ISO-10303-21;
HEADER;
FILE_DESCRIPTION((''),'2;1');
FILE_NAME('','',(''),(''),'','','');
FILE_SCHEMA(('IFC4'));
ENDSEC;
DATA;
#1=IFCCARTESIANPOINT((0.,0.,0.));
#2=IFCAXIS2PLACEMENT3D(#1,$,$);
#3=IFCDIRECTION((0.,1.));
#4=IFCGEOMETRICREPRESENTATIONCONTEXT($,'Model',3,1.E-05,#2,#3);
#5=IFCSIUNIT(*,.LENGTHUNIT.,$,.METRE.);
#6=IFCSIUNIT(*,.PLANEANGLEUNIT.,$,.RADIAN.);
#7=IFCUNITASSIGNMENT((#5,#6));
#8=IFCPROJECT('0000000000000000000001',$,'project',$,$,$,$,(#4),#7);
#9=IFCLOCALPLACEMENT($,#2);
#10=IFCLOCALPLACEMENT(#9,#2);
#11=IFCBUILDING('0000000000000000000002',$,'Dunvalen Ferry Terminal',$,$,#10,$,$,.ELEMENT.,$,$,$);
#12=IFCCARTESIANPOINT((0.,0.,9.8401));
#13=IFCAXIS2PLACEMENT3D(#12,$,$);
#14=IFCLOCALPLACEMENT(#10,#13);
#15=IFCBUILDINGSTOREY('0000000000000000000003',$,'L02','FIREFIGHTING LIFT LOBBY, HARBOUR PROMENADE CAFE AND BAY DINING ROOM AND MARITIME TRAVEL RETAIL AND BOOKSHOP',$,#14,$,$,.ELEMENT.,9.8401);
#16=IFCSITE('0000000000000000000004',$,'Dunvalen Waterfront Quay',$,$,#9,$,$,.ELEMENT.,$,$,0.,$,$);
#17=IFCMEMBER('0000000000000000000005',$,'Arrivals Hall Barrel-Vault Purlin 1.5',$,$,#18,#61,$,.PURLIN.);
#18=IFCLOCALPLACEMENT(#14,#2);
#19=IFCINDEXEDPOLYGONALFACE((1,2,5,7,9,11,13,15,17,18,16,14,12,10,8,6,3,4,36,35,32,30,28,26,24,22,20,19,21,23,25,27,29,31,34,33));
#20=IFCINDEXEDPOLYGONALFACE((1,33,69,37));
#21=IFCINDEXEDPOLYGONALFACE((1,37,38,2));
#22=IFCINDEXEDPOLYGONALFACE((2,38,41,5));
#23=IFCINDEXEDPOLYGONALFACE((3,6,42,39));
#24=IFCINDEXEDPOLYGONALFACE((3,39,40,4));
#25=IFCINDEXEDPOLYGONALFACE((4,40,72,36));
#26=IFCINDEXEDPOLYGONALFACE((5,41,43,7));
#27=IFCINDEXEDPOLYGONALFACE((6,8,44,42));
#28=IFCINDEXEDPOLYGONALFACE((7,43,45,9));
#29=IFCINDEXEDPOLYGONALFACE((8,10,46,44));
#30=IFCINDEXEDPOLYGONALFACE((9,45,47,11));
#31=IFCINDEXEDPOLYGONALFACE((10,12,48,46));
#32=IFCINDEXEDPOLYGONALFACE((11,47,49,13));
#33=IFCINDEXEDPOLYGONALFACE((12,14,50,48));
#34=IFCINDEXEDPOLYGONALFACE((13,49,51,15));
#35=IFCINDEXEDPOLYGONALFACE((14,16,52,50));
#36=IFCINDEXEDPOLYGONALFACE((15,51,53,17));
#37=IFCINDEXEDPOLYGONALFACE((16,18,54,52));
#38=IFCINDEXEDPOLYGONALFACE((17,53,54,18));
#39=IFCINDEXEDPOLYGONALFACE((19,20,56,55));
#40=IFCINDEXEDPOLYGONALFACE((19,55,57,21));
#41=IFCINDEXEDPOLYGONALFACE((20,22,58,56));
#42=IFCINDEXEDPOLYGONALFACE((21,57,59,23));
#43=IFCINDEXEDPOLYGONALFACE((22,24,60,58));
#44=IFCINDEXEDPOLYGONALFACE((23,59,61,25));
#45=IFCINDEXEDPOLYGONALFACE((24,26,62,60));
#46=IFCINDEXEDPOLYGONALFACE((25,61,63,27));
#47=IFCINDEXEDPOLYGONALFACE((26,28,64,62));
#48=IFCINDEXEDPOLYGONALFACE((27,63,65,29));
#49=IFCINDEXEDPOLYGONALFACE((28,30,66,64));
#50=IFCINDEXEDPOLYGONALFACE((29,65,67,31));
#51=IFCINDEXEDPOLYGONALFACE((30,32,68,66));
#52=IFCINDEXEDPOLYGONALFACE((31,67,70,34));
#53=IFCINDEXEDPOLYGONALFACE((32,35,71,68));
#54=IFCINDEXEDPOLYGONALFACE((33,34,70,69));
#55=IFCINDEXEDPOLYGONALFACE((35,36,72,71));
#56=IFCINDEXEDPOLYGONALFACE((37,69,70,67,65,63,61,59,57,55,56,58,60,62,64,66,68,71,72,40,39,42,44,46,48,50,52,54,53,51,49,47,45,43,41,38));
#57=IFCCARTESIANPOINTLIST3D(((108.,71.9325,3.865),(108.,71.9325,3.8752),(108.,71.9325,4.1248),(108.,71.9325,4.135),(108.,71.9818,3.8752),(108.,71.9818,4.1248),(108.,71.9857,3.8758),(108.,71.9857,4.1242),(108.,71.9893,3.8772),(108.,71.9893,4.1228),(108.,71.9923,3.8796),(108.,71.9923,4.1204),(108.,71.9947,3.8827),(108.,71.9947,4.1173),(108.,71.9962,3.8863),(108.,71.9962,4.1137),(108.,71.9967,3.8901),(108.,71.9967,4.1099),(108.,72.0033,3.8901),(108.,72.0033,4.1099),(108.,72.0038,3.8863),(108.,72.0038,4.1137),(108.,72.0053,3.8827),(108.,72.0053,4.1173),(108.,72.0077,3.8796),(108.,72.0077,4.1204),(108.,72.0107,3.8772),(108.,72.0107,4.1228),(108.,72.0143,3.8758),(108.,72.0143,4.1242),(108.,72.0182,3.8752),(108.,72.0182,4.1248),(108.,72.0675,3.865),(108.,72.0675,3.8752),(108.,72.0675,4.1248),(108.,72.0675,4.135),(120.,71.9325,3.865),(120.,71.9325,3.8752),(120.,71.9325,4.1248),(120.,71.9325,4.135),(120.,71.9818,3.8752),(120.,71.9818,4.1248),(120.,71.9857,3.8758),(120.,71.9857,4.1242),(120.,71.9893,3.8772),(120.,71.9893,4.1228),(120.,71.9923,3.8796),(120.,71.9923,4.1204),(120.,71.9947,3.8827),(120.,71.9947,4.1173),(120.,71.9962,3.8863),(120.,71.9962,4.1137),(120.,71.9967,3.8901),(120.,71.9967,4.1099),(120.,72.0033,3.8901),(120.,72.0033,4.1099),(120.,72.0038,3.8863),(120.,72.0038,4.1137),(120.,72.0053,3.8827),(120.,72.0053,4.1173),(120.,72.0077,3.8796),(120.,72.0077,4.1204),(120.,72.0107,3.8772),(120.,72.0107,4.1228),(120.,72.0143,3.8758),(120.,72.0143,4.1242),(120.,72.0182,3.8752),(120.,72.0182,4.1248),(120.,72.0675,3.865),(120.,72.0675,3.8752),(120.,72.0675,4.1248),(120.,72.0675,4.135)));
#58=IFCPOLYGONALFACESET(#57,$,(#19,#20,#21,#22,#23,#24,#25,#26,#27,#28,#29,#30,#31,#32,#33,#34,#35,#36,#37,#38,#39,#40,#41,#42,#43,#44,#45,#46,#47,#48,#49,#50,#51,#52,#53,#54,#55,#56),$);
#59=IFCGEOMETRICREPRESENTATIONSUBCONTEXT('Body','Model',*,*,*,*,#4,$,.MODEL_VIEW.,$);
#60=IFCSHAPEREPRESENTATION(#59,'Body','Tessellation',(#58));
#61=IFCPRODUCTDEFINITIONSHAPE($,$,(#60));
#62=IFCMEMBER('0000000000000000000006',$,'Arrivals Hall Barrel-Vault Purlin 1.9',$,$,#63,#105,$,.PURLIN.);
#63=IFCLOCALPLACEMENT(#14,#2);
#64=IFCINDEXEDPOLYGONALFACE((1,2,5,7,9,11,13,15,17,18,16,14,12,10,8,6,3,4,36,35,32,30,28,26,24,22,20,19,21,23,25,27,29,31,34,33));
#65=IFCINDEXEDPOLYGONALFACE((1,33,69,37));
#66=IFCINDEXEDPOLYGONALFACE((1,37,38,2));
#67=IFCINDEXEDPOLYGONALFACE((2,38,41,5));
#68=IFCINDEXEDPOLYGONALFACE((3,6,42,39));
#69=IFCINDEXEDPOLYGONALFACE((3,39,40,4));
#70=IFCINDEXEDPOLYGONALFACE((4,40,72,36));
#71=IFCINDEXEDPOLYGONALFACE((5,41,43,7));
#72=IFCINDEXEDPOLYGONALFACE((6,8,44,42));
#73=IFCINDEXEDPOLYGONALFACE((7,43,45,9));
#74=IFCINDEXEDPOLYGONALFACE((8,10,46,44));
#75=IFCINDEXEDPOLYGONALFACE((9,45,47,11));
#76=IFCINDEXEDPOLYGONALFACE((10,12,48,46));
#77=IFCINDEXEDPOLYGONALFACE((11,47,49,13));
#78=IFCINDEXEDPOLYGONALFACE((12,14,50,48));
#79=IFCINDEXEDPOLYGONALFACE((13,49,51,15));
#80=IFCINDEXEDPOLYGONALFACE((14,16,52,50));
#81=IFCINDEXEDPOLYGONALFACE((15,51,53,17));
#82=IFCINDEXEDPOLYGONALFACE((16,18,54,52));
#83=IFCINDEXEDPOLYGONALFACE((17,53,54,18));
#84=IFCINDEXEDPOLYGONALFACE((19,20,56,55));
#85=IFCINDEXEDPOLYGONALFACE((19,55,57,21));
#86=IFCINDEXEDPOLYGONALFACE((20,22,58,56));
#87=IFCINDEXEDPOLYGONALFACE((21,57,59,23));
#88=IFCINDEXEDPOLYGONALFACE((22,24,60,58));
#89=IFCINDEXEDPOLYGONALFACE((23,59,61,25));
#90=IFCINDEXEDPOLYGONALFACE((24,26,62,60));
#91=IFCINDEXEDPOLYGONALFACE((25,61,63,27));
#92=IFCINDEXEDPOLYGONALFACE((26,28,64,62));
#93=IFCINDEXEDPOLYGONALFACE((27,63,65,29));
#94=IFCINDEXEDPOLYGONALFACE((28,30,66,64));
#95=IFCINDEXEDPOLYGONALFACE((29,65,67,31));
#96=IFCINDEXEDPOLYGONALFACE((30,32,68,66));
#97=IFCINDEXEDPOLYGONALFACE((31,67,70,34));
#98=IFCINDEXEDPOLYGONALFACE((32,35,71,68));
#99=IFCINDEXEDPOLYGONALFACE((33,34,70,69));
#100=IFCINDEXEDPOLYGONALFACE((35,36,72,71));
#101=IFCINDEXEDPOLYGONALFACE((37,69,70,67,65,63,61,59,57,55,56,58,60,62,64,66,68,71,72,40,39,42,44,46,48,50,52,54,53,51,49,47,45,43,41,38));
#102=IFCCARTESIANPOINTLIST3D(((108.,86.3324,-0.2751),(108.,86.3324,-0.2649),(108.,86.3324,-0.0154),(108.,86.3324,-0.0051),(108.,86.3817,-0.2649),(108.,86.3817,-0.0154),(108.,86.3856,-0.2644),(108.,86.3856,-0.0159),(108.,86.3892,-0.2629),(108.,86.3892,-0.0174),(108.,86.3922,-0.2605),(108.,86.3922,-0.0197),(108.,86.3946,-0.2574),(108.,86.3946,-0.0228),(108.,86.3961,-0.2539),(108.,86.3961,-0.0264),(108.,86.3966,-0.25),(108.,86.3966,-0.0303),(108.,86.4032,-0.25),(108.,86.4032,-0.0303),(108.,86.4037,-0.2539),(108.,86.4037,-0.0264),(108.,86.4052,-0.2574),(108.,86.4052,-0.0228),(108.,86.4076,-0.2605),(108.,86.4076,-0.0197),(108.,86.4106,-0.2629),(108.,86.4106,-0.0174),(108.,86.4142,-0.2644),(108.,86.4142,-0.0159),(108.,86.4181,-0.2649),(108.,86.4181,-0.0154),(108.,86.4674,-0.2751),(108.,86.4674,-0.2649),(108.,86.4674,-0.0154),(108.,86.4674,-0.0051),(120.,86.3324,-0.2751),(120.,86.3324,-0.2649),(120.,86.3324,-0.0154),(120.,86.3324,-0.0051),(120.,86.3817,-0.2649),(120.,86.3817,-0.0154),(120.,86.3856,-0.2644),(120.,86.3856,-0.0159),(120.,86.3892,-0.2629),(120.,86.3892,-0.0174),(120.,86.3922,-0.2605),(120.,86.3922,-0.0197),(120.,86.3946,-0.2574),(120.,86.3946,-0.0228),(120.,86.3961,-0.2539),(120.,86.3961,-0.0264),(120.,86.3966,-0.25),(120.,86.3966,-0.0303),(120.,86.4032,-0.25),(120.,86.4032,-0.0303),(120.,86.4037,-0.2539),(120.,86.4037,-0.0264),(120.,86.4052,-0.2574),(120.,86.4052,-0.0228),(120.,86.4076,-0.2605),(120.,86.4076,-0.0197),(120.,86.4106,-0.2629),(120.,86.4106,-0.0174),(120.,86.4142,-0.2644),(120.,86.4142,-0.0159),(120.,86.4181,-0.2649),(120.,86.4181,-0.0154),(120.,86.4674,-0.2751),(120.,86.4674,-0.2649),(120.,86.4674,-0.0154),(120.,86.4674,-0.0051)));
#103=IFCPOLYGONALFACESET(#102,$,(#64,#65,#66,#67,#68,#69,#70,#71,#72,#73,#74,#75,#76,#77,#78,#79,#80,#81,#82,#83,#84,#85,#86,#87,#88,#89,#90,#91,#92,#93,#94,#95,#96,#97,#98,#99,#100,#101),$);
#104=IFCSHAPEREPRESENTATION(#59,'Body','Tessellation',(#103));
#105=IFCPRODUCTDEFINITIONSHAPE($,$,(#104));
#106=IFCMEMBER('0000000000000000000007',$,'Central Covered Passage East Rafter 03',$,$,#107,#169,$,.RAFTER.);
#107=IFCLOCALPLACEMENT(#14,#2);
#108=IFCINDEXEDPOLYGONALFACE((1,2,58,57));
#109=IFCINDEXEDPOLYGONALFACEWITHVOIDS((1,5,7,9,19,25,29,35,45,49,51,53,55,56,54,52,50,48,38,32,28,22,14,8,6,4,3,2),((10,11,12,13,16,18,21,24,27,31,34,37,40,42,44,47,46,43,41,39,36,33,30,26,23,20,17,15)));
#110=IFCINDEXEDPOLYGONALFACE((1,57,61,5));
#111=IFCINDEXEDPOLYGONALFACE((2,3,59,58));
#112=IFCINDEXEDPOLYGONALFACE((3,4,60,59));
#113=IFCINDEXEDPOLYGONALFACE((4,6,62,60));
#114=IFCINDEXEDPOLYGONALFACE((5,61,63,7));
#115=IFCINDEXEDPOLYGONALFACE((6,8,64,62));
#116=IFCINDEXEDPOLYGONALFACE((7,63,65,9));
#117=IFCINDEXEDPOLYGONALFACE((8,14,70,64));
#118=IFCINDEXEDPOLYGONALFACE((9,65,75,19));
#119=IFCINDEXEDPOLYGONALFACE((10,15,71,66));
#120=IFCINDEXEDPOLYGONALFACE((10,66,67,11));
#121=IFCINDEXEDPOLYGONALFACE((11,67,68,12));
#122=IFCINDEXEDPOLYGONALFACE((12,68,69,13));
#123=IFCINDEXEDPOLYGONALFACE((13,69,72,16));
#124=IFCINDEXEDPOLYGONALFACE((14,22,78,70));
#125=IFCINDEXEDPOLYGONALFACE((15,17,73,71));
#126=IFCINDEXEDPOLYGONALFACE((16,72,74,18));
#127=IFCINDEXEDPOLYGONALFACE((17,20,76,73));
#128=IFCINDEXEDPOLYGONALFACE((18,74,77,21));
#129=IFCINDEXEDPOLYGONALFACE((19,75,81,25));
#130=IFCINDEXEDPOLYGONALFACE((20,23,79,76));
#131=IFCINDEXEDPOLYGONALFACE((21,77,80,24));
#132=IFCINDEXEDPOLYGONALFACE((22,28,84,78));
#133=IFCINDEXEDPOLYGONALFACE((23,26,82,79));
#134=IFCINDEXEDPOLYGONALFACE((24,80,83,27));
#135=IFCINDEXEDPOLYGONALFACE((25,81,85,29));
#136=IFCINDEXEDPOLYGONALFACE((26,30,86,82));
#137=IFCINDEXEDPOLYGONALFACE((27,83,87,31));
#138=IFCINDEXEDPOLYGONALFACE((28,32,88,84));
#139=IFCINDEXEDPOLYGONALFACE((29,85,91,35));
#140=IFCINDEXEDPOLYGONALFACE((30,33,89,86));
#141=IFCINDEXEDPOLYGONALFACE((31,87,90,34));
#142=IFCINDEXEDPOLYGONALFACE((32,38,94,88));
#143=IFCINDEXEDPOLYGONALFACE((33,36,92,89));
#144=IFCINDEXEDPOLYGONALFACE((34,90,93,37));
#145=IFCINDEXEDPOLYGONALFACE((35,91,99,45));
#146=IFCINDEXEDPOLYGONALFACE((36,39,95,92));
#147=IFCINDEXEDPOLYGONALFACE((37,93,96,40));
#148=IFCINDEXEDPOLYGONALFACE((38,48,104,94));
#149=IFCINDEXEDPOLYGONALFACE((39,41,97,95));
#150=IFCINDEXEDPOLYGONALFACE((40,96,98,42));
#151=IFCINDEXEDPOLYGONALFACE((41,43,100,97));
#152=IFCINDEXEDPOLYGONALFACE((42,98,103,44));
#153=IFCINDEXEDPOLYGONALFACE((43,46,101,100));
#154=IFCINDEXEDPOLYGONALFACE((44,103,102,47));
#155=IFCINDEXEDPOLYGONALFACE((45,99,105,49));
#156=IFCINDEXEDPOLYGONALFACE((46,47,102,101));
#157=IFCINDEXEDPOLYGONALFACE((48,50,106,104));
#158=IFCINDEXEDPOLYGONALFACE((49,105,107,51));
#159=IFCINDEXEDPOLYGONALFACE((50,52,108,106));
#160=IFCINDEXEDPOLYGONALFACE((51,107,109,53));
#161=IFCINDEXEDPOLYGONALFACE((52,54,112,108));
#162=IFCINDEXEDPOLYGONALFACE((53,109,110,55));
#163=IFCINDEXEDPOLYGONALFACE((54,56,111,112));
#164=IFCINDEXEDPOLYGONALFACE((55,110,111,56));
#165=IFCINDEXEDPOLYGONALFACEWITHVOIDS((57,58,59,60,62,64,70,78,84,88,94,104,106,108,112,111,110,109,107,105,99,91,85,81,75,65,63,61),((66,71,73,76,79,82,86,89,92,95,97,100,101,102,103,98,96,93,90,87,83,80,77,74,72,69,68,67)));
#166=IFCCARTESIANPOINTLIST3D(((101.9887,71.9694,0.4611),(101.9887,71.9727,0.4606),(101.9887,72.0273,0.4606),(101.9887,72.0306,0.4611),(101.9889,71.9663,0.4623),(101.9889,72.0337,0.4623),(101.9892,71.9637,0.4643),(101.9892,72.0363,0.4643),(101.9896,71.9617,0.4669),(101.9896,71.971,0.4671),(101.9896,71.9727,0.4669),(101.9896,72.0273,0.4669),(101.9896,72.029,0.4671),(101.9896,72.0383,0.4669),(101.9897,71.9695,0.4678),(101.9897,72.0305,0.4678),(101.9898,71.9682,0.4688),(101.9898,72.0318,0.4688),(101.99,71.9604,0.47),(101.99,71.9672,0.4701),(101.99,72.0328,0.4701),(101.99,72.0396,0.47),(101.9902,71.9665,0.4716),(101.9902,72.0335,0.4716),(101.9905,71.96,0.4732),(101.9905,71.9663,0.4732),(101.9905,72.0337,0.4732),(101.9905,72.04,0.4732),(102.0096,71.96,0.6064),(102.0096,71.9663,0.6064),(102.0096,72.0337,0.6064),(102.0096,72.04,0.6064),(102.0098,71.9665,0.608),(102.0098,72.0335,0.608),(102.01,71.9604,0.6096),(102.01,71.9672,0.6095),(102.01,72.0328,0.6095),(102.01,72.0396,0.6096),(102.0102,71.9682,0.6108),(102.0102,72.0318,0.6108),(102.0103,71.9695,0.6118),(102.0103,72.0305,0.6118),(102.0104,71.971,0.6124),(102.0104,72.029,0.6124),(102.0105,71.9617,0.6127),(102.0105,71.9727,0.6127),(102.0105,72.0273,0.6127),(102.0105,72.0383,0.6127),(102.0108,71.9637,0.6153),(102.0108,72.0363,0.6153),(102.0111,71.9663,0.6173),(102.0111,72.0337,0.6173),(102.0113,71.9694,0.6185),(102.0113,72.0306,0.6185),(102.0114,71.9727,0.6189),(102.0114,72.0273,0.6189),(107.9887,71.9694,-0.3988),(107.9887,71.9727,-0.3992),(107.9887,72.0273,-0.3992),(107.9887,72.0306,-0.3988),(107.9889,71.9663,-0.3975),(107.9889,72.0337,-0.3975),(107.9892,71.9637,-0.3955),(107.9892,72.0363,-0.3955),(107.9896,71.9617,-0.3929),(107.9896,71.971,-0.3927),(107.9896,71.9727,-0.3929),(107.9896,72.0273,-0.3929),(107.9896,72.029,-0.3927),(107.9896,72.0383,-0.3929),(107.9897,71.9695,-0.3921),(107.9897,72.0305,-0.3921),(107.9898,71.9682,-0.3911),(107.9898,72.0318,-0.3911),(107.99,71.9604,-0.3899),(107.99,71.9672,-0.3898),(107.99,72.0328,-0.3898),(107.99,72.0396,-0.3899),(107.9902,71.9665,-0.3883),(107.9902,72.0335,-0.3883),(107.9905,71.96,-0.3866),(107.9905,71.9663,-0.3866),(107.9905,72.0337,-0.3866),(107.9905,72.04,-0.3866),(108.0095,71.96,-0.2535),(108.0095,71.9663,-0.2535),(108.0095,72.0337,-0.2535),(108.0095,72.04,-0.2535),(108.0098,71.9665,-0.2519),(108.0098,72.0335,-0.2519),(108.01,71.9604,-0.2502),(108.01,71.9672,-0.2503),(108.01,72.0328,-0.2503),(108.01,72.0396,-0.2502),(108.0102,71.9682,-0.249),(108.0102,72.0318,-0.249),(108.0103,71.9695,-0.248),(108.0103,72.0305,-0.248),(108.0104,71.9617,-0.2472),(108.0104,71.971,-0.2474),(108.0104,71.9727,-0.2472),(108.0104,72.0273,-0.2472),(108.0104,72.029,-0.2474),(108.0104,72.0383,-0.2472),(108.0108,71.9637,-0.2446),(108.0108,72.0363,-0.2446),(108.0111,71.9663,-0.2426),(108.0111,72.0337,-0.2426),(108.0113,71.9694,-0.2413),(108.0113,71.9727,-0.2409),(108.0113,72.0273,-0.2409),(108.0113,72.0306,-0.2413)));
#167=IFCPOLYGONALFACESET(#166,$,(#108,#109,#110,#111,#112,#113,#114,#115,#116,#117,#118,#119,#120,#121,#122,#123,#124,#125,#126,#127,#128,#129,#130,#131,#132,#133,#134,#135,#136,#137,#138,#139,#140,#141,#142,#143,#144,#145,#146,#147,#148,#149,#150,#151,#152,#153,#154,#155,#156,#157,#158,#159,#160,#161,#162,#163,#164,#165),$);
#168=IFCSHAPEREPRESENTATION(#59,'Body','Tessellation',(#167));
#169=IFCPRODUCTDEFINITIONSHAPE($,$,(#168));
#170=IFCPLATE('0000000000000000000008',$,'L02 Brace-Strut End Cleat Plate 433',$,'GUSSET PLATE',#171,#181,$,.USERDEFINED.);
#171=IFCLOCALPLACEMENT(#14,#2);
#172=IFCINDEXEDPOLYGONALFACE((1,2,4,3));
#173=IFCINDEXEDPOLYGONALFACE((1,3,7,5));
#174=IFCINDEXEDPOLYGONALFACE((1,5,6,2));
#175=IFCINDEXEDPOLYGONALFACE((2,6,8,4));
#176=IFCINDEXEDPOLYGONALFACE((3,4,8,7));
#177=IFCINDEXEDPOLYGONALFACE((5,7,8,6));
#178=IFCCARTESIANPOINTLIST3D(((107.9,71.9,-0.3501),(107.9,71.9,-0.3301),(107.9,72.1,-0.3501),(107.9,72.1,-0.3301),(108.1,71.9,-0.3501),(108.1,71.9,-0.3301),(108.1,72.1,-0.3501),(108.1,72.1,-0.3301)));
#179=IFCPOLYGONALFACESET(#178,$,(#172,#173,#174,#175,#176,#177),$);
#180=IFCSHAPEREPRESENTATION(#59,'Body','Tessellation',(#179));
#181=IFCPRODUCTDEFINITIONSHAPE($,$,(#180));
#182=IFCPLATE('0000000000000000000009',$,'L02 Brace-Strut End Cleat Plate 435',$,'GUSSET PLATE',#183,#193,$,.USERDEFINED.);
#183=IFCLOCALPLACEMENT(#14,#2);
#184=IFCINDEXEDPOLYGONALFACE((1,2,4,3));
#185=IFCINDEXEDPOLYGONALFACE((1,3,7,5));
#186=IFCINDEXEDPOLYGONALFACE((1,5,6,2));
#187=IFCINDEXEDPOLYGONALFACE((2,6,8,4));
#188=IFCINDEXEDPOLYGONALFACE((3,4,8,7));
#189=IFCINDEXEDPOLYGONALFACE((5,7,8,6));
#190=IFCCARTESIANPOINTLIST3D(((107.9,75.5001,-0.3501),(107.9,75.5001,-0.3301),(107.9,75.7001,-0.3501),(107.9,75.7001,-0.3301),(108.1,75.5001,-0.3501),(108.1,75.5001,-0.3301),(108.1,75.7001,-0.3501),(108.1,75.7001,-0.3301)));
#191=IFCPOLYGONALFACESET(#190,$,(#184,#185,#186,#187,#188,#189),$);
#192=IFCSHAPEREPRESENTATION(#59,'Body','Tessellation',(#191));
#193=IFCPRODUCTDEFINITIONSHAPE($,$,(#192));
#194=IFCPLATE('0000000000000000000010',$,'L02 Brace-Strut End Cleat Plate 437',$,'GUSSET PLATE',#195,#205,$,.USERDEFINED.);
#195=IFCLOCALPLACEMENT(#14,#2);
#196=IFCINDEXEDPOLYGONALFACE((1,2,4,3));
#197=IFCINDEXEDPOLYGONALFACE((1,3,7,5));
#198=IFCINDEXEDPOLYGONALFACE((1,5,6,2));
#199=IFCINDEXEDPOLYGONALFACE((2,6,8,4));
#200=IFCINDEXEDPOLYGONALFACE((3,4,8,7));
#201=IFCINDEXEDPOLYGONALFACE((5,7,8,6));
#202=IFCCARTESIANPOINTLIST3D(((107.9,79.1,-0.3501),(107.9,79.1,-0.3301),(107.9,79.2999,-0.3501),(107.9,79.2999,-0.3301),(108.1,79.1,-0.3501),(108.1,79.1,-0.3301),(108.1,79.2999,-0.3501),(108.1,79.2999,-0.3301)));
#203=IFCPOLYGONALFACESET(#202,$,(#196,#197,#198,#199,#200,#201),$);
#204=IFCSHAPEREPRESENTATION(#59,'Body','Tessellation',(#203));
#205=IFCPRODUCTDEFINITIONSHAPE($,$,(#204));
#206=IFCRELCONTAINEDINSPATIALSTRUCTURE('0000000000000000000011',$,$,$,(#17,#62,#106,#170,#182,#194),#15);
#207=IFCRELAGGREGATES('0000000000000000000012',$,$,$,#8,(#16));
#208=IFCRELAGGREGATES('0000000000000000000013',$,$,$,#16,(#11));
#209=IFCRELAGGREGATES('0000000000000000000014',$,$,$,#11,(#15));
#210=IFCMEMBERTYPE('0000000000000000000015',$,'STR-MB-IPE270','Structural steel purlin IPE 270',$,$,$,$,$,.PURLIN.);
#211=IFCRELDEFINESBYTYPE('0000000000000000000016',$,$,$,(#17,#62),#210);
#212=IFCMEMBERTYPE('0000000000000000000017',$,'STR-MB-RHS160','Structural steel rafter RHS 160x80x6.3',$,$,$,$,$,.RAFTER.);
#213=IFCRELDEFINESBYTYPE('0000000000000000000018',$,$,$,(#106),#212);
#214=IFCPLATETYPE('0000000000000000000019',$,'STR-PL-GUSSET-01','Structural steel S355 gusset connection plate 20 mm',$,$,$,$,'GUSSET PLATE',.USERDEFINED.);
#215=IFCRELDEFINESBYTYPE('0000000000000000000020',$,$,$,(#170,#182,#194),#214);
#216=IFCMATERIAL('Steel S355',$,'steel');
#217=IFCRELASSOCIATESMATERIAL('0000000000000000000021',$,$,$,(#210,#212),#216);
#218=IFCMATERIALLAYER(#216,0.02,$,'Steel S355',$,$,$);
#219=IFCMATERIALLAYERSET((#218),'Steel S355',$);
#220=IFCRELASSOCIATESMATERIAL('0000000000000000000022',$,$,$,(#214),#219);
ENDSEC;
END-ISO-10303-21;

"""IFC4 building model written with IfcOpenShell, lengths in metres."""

from ifc_helpers import new_model, si_unit, direction, frame, origin, origin_2d, place, context, subcontext, project, spatial, rectangle, hollow_rectangle, i_section, extrude, material, layer, layer_set, material_profile, profile_set, type_object, element, save


model = new_model("IFC4")

# Units and contexts
model_context = context("Model", 3, precision=1e-05, world=origin(), true_north=direction((0.0, 1.0)))
body_context = subcontext(model_context, "Body", "Model", "MODEL_VIEW")
ifc_project = project(units=[si_unit("LENGTHUNIT", "METRE"), si_unit("PLANEANGLEUNIT", "RADIAN")], contexts=[model_context])

# Site, building, storey
site_placement = place(None, origin())
site = spatial("IfcSite", under=ifc_project, at=site_placement, Name="Dunvalen Waterfront Quay", CompositionType="ELEMENT", RefElevation=0.0)
building_placement = place(site_placement, origin())
building = spatial("IfcBuilding", under=site, at=building_placement, Name="Dunvalen Ferry Terminal", CompositionType="ELEMENT")
storey_placement = place(building_placement, frame((0.0, 0.0, 9.8401)))
storey = spatial("IfcBuildingStorey", under=building, at=storey_placement, Name="L02", Description="FIREFIGHTING LIFT LOBBY, HARBOUR PROMENADE CAFE AND BAY DINING ROOM AND MARITIME TRAVEL RETAIL AND BOOKSHOP", CompositionType="ELEMENT", Elevation=9.8401)

# Shared definitions
ifc_material_1 = material(Name="Steel S355", Category="steel")

# Members
ifc_material_profile_1 = material_profile(ifc_material_1, i_section(OverallWidth=0.135, OverallDepth=0.27, WebThickness=0.0066, FlangeThickness=0.0103, FilletRadius=0.0149, at=origin_2d()), Name="Steel S355")
ifc_profile_set_1 = profile_set([ifc_material_profile_1], Name="Steel S355")
member_type_1 = type_object("IfcMemberType", Name="STR-MB-IPE270", Description="Structural steel purlin IPE 270", PredefinedType="PURLIN", material=ifc_profile_set_1)
for number, where, z_axis, x_axis, name in (
    (1, (108.0, 72.0, 4.0), (1.0, 0.0, 0.0), (0.0, 1.0, 0.0), "Arrivals Hall Barrel-Vault Purlin 1.5"),
    (2, (108.0, 86.3999, -0.1401), (1.0, 0.0, 0.0), (0.0, 1.0, 0.0), "Arrivals Hall Barrel-Vault Purlin 1.9"),
):
    element("IfcMember", number, at=place(storey_placement, frame(where, z_axis=z_axis, x_axis=x_axis)), inside=storey, type_object=member_type_1, Name=name, PredefinedType="PURLIN", context=body_context, shape_type="SweptSolid", body=[
        extrude(i_section(OverallWidth=0.135, OverallDepth=0.27, WebThickness=0.0066, FlangeThickness=0.0103, FilletRadius=0.0149, at=origin_2d()), origin(), (0.0, 0.0, 1.0), 12.0),
    ])
ifc_material_profile_2 = material_profile(ifc_material_1, hollow_rectangle(XDim=0.0801, YDim=0.1599, WallThickness=0.0063, InnerFilletRadius=0.0063, OuterFilletRadius=0.0127, at=origin_2d()), Name="Steel S355")
ifc_profile_set_2 = profile_set([ifc_material_profile_2], Name="Steel S355")
member_type_2 = type_object("IfcMemberType", Name="STR-MB-RHS160", Description="Structural steel rafter RHS 160x80x6.3", PredefinedType="RAFTER", material=ifc_profile_set_2)
member_1_placement = place(storey_placement, frame((108.0, 72.0, -0.3201), z_axis=(-0.989887, 0.0, 0.141861), x_axis=(0.0, -1.0, 0.0)))
element("IfcMember", 3, at=member_1_placement, inside=storey, type_object=member_type_2, Name="Central Covered Passage East Rafter 03", PredefinedType="RAFTER", context=body_context, shape_type="SweptSolid", body=[
    extrude(hollow_rectangle(XDim=0.0801, YDim=0.1599, WallThickness=0.0063, InnerFilletRadius=0.0063, OuterFilletRadius=0.0127, at=origin_2d()), origin(), (0.0, 0.0, 1.0), 6.0613),
])

# Plates
ifc_layer_1 = layer(ifc_material_1, 0.02, Name="Steel S355")
ifc_layer_set_1 = layer_set([ifc_layer_1], Name="Steel S355")
plate_type_1 = type_object("IfcPlateType", Name="STR-PL-GUSSET-01", Description="Structural steel S355 gusset connection plate 20 mm", ElementType="GUSSET PLATE", PredefinedType="USERDEFINED", material=ifc_layer_set_1)
for number, where, z_axis, x_axis, name in (
    (4, (108.0, 72.0, -0.3501), (0.0, 0.0, 1.0), (1.0, 0.0, 0.0), "L02 Brace-Strut End Cleat Plate 433"),
    (5, (108.0, 75.6001, -0.3501), (0.0, 0.0, 1.0), (1.0, 0.0, 0.0), "L02 Brace-Strut End Cleat Plate 435"),
    (6, (108.0, 79.2, -0.3501), (0.0, 0.0, 1.0), (1.0, 0.0, 0.0), "L02 Brace-Strut End Cleat Plate 437"),
):
    element("IfcPlate", number, at=place(storey_placement, frame(where, z_axis=z_axis, x_axis=x_axis)), inside=storey, type_object=plate_type_1, Name=name, ObjectType="GUSSET PLATE", PredefinedType="USERDEFINED", context=body_context, shape_type="SweptSolid", body=[
        extrude(rectangle(XDim=0.2, YDim=0.2, at=origin_2d()), origin(), (0.0, 0.0, 1.0), 0.02),
    ])

save(model, "model.ifc")
